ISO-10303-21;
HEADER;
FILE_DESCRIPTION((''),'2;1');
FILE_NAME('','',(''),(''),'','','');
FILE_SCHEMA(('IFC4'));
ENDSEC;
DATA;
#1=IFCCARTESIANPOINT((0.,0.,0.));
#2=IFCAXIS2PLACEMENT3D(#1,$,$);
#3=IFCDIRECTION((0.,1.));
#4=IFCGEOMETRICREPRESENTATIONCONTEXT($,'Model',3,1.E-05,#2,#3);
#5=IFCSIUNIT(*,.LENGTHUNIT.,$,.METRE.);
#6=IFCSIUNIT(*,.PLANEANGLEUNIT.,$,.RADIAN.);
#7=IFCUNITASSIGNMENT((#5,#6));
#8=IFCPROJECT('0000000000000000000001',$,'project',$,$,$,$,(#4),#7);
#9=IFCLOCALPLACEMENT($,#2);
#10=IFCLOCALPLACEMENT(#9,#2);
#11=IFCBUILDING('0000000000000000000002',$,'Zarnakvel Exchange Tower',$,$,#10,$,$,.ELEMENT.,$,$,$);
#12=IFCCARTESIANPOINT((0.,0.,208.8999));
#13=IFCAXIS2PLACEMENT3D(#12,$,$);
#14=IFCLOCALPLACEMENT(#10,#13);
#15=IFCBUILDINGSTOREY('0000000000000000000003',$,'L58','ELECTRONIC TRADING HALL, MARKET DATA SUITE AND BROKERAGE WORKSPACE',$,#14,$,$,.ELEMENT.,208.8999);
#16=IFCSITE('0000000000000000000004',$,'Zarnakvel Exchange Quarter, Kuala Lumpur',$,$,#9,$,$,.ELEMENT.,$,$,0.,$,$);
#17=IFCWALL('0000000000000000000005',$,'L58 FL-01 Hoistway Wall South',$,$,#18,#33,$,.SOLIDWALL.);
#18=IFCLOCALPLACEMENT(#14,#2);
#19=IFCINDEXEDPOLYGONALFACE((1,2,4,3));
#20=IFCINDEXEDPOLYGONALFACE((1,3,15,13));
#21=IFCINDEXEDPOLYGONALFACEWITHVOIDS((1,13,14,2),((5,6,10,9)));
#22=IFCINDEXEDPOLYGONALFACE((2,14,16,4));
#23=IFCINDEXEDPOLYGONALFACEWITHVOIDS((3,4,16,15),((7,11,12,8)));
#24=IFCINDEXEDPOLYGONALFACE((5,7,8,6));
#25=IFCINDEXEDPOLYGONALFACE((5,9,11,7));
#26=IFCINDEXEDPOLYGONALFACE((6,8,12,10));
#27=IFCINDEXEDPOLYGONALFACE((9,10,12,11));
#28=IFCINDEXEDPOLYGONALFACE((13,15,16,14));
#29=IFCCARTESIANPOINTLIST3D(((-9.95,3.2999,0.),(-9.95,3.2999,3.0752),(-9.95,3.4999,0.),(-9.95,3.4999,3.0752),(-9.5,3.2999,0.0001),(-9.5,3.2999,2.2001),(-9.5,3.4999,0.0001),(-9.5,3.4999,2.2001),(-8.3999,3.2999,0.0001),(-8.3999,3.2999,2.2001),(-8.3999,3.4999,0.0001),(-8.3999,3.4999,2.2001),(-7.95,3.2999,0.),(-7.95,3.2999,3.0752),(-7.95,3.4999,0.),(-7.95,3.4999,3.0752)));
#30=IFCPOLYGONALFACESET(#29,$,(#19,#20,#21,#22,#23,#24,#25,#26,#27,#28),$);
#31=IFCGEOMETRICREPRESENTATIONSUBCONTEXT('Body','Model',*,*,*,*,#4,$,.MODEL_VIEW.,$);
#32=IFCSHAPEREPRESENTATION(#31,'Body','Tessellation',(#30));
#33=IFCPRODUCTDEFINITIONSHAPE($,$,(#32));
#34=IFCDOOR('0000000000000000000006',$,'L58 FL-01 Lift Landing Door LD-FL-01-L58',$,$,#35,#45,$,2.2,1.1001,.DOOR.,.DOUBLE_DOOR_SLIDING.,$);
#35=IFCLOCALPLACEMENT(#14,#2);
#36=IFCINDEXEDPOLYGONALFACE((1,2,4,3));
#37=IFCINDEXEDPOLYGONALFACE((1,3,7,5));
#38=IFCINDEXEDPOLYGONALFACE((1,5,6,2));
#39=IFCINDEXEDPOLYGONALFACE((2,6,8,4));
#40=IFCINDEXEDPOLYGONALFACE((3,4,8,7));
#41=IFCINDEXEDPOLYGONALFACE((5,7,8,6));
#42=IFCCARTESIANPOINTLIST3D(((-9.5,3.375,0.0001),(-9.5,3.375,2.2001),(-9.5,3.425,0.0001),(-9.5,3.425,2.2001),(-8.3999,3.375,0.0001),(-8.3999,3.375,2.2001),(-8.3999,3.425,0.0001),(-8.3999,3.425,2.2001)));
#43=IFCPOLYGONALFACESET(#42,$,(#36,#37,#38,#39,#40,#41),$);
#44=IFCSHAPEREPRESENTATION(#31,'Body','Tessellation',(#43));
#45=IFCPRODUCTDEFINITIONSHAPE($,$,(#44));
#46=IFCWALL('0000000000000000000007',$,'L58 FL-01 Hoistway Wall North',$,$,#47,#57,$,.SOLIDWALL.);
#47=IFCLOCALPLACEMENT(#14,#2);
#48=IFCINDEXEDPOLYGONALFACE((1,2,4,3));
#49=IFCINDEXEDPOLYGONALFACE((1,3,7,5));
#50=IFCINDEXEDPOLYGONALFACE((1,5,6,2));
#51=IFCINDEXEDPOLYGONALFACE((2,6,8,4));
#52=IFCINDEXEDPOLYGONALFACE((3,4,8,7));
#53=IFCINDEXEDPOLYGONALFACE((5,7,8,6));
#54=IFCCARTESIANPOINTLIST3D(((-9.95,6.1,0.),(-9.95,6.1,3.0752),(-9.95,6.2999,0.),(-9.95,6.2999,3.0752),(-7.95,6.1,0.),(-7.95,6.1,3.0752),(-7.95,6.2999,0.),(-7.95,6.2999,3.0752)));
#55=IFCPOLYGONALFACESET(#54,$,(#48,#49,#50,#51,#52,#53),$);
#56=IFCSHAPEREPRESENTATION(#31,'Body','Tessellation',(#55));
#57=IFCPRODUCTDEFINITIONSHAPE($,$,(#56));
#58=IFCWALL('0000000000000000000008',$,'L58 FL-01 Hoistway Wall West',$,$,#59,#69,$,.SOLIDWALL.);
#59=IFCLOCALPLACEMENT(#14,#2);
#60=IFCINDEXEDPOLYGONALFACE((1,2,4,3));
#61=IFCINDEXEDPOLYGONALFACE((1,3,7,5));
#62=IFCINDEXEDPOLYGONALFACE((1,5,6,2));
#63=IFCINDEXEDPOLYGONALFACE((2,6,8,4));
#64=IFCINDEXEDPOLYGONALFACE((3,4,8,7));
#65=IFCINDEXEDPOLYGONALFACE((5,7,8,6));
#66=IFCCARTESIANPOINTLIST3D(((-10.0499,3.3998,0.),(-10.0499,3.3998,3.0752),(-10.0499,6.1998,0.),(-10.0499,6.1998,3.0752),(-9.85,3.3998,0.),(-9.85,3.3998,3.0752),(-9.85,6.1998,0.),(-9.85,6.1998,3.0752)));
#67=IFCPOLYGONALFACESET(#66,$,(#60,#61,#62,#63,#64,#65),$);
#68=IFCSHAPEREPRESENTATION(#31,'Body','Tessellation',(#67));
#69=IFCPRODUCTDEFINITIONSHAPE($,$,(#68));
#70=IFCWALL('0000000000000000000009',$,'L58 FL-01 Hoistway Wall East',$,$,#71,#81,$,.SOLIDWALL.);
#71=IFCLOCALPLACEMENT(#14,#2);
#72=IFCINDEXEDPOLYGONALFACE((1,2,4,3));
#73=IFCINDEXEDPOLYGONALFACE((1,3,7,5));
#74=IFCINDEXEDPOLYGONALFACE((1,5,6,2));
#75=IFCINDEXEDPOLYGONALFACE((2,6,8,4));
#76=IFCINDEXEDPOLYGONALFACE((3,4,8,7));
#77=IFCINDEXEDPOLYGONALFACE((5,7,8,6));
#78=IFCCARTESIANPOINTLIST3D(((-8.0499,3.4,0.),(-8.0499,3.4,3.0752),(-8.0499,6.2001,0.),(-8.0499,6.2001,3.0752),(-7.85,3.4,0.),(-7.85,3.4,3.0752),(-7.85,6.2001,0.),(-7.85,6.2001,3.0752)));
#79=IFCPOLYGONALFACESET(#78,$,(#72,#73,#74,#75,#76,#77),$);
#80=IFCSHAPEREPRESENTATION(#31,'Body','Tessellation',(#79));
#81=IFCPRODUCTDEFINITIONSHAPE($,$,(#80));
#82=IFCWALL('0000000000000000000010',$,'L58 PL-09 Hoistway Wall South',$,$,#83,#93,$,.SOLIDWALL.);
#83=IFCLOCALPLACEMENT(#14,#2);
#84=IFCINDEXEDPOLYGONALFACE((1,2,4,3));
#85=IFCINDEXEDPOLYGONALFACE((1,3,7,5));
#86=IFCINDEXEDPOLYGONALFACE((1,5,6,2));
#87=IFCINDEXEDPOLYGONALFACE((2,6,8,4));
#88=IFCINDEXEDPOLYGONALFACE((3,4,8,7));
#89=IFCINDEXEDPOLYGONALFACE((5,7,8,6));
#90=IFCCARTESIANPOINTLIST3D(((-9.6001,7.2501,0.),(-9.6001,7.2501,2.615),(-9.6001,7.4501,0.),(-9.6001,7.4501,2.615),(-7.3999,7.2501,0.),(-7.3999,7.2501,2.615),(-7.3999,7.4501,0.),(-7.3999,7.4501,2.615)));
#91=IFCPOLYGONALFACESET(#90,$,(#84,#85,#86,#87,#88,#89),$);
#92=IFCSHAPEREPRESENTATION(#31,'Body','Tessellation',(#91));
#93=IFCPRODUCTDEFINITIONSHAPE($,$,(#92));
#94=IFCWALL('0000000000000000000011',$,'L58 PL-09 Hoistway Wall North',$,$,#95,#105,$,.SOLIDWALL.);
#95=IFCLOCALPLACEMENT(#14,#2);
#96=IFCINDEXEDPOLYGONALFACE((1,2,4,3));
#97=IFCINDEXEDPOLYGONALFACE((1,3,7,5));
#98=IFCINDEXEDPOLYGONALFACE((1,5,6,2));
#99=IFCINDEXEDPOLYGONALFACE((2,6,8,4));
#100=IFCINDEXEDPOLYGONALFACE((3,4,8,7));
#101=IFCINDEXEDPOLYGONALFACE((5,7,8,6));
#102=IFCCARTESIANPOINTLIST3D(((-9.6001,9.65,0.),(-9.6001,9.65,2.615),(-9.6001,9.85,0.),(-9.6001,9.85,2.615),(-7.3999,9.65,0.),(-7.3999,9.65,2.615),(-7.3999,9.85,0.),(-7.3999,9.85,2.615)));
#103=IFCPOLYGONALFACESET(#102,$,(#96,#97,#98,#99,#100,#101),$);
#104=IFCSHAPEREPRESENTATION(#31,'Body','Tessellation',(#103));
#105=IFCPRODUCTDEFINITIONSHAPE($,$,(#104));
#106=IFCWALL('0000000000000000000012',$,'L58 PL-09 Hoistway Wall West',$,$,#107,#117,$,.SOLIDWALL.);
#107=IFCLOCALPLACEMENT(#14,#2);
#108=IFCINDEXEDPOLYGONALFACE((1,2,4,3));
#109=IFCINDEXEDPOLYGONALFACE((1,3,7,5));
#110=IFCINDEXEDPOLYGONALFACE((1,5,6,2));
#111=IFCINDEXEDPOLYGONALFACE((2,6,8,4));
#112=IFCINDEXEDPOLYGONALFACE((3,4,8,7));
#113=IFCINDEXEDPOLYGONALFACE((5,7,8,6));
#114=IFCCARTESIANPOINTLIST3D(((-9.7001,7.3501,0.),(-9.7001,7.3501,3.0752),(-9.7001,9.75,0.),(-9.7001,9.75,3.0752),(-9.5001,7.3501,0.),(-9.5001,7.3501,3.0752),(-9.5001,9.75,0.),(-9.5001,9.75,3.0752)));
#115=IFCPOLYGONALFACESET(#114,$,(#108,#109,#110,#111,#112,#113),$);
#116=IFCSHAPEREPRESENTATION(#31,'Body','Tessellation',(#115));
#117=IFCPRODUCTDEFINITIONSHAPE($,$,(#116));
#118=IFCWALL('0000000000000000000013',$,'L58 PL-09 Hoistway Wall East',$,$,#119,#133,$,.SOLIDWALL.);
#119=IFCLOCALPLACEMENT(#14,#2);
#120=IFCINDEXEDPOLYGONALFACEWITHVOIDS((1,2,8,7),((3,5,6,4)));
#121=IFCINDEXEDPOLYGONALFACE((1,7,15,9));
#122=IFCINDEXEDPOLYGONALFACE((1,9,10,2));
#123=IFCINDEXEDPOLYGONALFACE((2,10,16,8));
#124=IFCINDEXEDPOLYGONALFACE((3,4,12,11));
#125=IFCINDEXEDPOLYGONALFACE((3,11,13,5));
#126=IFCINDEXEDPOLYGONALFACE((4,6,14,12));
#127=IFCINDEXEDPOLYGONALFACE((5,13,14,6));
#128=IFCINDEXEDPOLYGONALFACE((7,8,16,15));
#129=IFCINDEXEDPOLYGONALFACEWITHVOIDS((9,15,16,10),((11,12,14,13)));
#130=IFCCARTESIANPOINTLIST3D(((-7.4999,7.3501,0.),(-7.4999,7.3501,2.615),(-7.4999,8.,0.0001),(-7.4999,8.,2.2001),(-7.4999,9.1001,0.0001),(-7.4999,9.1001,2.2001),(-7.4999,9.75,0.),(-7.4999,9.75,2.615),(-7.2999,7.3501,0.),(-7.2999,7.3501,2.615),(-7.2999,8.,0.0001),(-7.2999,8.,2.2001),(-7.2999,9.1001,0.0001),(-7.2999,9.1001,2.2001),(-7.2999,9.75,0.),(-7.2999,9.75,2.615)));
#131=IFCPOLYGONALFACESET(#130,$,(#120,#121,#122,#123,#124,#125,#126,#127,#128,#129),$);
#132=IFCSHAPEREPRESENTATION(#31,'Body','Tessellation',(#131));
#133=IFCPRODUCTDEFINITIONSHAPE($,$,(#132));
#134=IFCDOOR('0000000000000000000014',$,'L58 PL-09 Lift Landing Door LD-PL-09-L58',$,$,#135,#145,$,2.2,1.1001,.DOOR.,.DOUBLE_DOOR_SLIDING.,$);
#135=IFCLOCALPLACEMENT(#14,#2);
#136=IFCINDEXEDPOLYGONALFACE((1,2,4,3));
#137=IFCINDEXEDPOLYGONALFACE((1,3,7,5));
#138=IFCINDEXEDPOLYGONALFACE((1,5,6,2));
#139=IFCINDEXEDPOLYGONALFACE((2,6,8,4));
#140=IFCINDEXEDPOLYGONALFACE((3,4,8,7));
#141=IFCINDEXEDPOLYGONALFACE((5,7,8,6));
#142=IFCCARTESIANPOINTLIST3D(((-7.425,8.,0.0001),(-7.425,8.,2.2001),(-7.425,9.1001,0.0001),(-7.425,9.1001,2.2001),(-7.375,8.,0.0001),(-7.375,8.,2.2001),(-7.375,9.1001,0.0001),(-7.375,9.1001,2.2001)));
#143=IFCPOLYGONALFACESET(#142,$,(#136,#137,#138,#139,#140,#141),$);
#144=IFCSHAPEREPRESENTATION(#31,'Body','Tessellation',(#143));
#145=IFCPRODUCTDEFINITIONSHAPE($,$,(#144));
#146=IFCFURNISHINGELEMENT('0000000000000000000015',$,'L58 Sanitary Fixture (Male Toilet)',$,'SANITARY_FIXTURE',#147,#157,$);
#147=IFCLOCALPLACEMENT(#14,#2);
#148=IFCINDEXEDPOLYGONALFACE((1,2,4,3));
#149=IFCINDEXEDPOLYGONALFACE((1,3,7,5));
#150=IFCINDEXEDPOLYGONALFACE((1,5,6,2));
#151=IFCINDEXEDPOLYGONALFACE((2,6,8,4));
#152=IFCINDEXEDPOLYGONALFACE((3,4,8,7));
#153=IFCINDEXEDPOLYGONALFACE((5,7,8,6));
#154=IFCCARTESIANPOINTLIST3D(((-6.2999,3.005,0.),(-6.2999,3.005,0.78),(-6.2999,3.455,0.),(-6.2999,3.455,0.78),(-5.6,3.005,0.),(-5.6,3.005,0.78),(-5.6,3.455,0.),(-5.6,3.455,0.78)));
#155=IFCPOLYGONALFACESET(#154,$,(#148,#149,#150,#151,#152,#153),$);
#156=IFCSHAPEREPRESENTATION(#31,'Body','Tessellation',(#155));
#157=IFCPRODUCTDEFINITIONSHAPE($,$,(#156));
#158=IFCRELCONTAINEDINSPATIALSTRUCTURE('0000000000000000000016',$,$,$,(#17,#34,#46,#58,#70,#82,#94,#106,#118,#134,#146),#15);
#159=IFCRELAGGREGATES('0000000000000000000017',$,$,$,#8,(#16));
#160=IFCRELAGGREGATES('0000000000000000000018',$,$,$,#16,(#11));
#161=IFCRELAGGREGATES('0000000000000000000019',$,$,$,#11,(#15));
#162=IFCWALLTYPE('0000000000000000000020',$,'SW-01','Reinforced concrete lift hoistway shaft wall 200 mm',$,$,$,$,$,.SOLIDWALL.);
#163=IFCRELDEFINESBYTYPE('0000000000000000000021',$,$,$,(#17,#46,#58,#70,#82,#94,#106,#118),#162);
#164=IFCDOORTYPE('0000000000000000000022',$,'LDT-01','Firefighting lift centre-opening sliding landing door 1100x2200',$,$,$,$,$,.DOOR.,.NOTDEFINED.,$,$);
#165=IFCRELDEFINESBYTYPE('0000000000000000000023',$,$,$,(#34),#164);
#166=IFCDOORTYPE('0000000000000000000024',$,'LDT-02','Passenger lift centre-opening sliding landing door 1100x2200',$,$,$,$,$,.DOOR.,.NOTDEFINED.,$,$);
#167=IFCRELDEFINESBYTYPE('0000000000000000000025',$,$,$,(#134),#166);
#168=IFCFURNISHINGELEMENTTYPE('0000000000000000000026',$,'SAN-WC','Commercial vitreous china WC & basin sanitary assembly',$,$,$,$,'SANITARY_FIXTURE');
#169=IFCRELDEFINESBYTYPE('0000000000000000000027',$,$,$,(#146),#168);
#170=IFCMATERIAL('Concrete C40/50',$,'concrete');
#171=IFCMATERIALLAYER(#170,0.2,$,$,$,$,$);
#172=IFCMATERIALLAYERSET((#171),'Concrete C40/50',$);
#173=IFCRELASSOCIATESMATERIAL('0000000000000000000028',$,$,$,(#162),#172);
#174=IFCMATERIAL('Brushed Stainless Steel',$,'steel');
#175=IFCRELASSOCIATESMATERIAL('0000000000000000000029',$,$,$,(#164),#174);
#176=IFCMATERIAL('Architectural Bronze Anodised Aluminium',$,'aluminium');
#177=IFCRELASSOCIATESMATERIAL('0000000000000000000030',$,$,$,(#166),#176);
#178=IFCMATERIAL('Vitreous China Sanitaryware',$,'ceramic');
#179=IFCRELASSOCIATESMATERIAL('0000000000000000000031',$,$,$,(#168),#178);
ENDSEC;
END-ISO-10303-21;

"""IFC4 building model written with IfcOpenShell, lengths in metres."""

from ifc_helpers import new_model, si_unit, direction, frame, frame_2d, origin, origin_2d, place, context, subcontext, project, spatial, rectangle, extrude, source, transform, mapped, material, layer, layer_set, type_object, element, fill, save


model = new_model("IFC4")

# Units and contexts
model_context = context("Model", 3, precision=1e-05, world=origin(), true_north=direction((0.0, 1.0)))
body_context = subcontext(model_context, "Body", "Model", "MODEL_VIEW")
ifc_project = project(units=[si_unit("LENGTHUNIT", "METRE"), si_unit("PLANEANGLEUNIT", "RADIAN")], contexts=[model_context])

# Site, building, storey
site_placement = place(None, origin())
site = spatial("IfcSite", under=ifc_project, at=site_placement, Name="Zarnakvel Exchange Quarter, Kuala Lumpur", CompositionType="ELEMENT", RefElevation=0.0)
building_placement = place(site_placement, origin())
building = spatial("IfcBuilding", under=site, at=building_placement, Name="Zarnakvel Exchange Tower", CompositionType="ELEMENT")
storey_placement = place(building_placement, frame((0.0, 0.0, 208.8999)))
storey = spatial("IfcBuildingStorey", under=building, at=storey_placement, Name="L58", Description="ELECTRONIC TRADING HALL, MARKET DATA SUITE AND BROKERAGE WORKSPACE", CompositionType="ELEMENT", Elevation=208.8999)

# Wall, opening, door
ifc_material_1 = material(Name="Concrete C40/50", Category="concrete")
ifc_layer_1 = layer(ifc_material_1, 0.2)
ifc_layer_set_1 = layer_set([ifc_layer_1], Name="Concrete C40/50")
wall_type_1 = type_object("IfcWallType", Name="SW-01", Description="Reinforced concrete lift hoistway shaft wall 200 mm", PredefinedType="SOLIDWALL", material=ifc_layer_set_1)
wall_1_placement = place(storey_placement, frame((-7.95, 3.3999, 0.0), z_axis=(0.0, 0.0, 1.0), x_axis=(-1.0, 0.0, 0.0)))
wall_1 = element("IfcWall", 1, at=wall_1_placement, inside=storey, type_object=wall_type_1, Name="L58 FL-01 Hoistway Wall South", PredefinedType="SOLIDWALL", context=body_context, shape_type="SweptSolid", body=[
    extrude(rectangle(XDim=2.0, YDim=0.2, at=frame_2d((1.0, 0.0))), origin(), (0.0, 0.0, 1.0), 3.0752),
])
opening_1_placement = place(wall_1_placement, frame((0.45, 0.0, 0.0)))
opening_1 = element("IfcOpeningElement", 2, at=opening_1_placement, cuts=wall_1, PredefinedType="OPENING", context=body_context, shape_type="SweptSolid", body=[
    extrude(rectangle(XDim=1.1001, YDim=2.2, at=frame_2d((0.55, 1.1001))), frame((0.0, 0.1099, 0.0), z_axis=(0.0, -1.0, 0.0), x_axis=(1.0, 0.0, 0.0)), (0.0, 0.0, 1.0), 0.22),
])
ifc_material_2 = material(Name="Brushed Stainless Steel", Category="steel")
door_type_1 = type_object("IfcDoorType", Name="LDT-01", Description="Firefighting lift centre-opening sliding landing door 1100x2200", OperationType="NOTDEFINED", PredefinedType="DOOR", material=ifc_material_2)
shared_shape_1 = source(origin(), body_context, "Body", "SweptSolid", [
    extrude(rectangle(XDim=1.1001, YDim=2.2, at=frame_2d((0.55, 1.1001))), frame((0.0, 0.0249, 0.0), z_axis=(0.0, -1.0, 0.0), x_axis=(1.0, 0.0, 0.0)), (0.0, 0.0, 1.0), 0.05),
])
door_1_placement = place(opening_1_placement, origin())
door_1 = element("IfcDoor", 3, at=door_1_placement, inside=storey, type_object=door_type_1, Name="L58 FL-01 Lift Landing Door LD-FL-01-L58", OperationType="DOUBLE_DOOR_SLIDING", OverallHeight=2.2, OverallWidth=1.1001, PredefinedType="DOOR", context=body_context, shape_type="MappedRepresentation", body=[
    mapped(shared_shape_1, transform((0.0, 0.0, 0.0), x_axis=(1.0, 0.0, 0.0), y_axis=(0.0, 1.0, 0.0), z_axis=(0.0, 0.0, 1.0), scale=1.0)),
])
fill(opening_1, door_1)

# Walls
wall_2_placement = place(storey_placement, frame((-9.95, 6.2, 0.0), z_axis=(0.0, 0.0, 1.0), x_axis=(1.0, 0.0, 0.0)))
element("IfcWall", 4, at=wall_2_placement, inside=storey, type_object=wall_type_1, Name="L58 FL-01 Hoistway Wall North", PredefinedType="SOLIDWALL", context=body_context, shape_type="SweptSolid", body=[
    extrude(rectangle(XDim=2.0, YDim=0.2, at=frame_2d((1.0, 0.0))), origin(), (0.0, 0.0, 1.0), 3.0752),
])
for number, where, z_axis, x_axis, name in (
    (5, (-9.95, 3.3999, 0.0), (0.0, 0.0, 1.0), (0.0, 1.0, 0.0), "L58 FL-01 Hoistway Wall West"),
    (6, (-7.95, 6.2, 0.0), (0.0, 0.0, 1.0), (0.0, -1.0, 0.0), "L58 FL-01 Hoistway Wall East"),
):
    element("IfcWall", number, at=place(storey_placement, frame(where, z_axis=z_axis, x_axis=x_axis)), inside=storey, type_object=wall_type_1, Name=name, PredefinedType="SOLIDWALL", context=body_context, shape_type="SweptSolid", body=[
        extrude(rectangle(XDim=2.8, YDim=0.2, at=frame_2d((1.3999, 0.0))), origin(), (0.0, 0.0, 1.0), 3.0752),
    ])
for number, where, z_axis, x_axis, name in (
    (7, (-7.3999, 7.3501, 0.0), (0.0, 0.0, 1.0), (-1.0, 0.0, 0.0), "L58 PL-09 Hoistway Wall South"),
    (8, (-9.6001, 9.75, 0.0), (0.0, 0.0, 1.0), (1.0, 0.0, 0.0), "L58 PL-09 Hoistway Wall North"),
):
    element("IfcWall", number, at=place(storey_placement, frame(where, z_axis=z_axis, x_axis=x_axis)), inside=storey, type_object=wall_type_1, Name=name, PredefinedType="SOLIDWALL", context=body_context, shape_type="SweptSolid", body=[
        extrude(rectangle(XDim=2.2002, YDim=0.2, at=frame_2d((1.1001, 0.0))), origin(), (0.0, 0.0, 1.0), 2.615),
    ])
wall_3_placement = place(storey_placement, frame((-9.6001, 7.3501, 0.0), z_axis=(0.0, 0.0, 1.0), x_axis=(0.0, 1.0, 0.0)))
element("IfcWall", 9, at=wall_3_placement, inside=storey, type_object=wall_type_1, Name="L58 PL-09 Hoistway Wall West", PredefinedType="SOLIDWALL", context=body_context, shape_type="SweptSolid", body=[
    extrude(rectangle(XDim=2.3999, YDim=0.2, at=frame_2d((1.2, 0.0))), origin(), (0.0, 0.0, 1.0), 3.0752),
])

# Wall, opening, door
wall_4_placement = place(storey_placement, frame((-7.3999, 9.75, 0.0), z_axis=(0.0, 0.0, 1.0), x_axis=(0.0, -1.0, 0.0)))
wall_4 = element("IfcWall", 10, at=wall_4_placement, inside=storey, type_object=wall_type_1, Name="L58 PL-09 Hoistway Wall East", PredefinedType="SOLIDWALL", context=body_context, shape_type="SweptSolid", body=[
    extrude(rectangle(XDim=2.3999, YDim=0.2, at=frame_2d((1.2, 0.0))), origin(), (0.0, 0.0, 1.0), 2.615),
])
opening_2_placement = place(wall_4_placement, frame((0.6499, 0.0, 0.0)))
opening_2 = element("IfcOpeningElement", 11, at=opening_2_placement, cuts=wall_4, PredefinedType="OPENING", context=body_context, shape_type="SweptSolid", body=[
    extrude(rectangle(XDim=1.1001, YDim=2.2, at=frame_2d((0.55, 1.1001))), frame((0.0, 0.1099, 0.0), z_axis=(0.0, -1.0, 0.0), x_axis=(1.0, 0.0, 0.0)), (0.0, 0.0, 1.0), 0.22),
])
ifc_material_3 = material(Name="Architectural Bronze Anodised Aluminium", Category="aluminium")
door_type_2 = type_object("IfcDoorType", Name="LDT-02", Description="Passenger lift centre-opening sliding landing door 1100x2200", OperationType="NOTDEFINED", PredefinedType="DOOR", material=ifc_material_3)
door_2_placement = place(opening_2_placement, origin())
door_2 = element("IfcDoor", 12, at=door_2_placement, inside=storey, type_object=door_type_2, Name="L58 PL-09 Lift Landing Door LD-PL-09-L58", OperationType="DOUBLE_DOOR_SLIDING", OverallHeight=2.2, OverallWidth=1.1001, PredefinedType="DOOR", context=body_context, shape_type="MappedRepresentation", body=[
    mapped(shared_shape_1, transform((0.0, 0.0, 0.0), x_axis=(1.0, 0.0, 0.0), y_axis=(0.0, 1.0, 0.0), z_axis=(0.0, 0.0, 1.0), scale=1.0)),
])
fill(opening_2, door_2)

# Furnishing element
ifc_material_4 = material(Name="Vitreous China Sanitaryware", Category="ceramic")
furnishing_element_type = type_object("IfcFurnishingElementType", Name="SAN-WC", Description="Commercial vitreous china WC & basin sanitary assembly", ElementType="SANITARY_FIXTURE", material=ifc_material_4)
shared_shape_2 = source(origin(), body_context, "Body", "SweptSolid", [
    extrude(rectangle(XDim=0.7, YDim=0.45, at=origin_2d()), origin(), (0.0, 0.0, 1.0), 0.78),
])
furnishing_placement = place(storey_placement, frame((-5.95, 3.23, 0.0), z_axis=(0.0, 0.0, 1.0), x_axis=(1.0, 0.0, 0.0)))
element("IfcFurnishingElement", 13, at=furnishing_placement, inside=storey, type_object=furnishing_element_type, Name="L58 Sanitary Fixture (Male Toilet)", ObjectType="SANITARY_FIXTURE", context=body_context, shape_type="MappedRepresentation", body=[
    mapped(shared_shape_2, transform((0.0, 0.0, 0.0), x_axis=(1.0, 0.0, 0.0), y_axis=(0.0, 1.0, 0.0), z_axis=(0.0, 0.0, 1.0), scale=1.0)),
])

save(model, "model.ifc")
